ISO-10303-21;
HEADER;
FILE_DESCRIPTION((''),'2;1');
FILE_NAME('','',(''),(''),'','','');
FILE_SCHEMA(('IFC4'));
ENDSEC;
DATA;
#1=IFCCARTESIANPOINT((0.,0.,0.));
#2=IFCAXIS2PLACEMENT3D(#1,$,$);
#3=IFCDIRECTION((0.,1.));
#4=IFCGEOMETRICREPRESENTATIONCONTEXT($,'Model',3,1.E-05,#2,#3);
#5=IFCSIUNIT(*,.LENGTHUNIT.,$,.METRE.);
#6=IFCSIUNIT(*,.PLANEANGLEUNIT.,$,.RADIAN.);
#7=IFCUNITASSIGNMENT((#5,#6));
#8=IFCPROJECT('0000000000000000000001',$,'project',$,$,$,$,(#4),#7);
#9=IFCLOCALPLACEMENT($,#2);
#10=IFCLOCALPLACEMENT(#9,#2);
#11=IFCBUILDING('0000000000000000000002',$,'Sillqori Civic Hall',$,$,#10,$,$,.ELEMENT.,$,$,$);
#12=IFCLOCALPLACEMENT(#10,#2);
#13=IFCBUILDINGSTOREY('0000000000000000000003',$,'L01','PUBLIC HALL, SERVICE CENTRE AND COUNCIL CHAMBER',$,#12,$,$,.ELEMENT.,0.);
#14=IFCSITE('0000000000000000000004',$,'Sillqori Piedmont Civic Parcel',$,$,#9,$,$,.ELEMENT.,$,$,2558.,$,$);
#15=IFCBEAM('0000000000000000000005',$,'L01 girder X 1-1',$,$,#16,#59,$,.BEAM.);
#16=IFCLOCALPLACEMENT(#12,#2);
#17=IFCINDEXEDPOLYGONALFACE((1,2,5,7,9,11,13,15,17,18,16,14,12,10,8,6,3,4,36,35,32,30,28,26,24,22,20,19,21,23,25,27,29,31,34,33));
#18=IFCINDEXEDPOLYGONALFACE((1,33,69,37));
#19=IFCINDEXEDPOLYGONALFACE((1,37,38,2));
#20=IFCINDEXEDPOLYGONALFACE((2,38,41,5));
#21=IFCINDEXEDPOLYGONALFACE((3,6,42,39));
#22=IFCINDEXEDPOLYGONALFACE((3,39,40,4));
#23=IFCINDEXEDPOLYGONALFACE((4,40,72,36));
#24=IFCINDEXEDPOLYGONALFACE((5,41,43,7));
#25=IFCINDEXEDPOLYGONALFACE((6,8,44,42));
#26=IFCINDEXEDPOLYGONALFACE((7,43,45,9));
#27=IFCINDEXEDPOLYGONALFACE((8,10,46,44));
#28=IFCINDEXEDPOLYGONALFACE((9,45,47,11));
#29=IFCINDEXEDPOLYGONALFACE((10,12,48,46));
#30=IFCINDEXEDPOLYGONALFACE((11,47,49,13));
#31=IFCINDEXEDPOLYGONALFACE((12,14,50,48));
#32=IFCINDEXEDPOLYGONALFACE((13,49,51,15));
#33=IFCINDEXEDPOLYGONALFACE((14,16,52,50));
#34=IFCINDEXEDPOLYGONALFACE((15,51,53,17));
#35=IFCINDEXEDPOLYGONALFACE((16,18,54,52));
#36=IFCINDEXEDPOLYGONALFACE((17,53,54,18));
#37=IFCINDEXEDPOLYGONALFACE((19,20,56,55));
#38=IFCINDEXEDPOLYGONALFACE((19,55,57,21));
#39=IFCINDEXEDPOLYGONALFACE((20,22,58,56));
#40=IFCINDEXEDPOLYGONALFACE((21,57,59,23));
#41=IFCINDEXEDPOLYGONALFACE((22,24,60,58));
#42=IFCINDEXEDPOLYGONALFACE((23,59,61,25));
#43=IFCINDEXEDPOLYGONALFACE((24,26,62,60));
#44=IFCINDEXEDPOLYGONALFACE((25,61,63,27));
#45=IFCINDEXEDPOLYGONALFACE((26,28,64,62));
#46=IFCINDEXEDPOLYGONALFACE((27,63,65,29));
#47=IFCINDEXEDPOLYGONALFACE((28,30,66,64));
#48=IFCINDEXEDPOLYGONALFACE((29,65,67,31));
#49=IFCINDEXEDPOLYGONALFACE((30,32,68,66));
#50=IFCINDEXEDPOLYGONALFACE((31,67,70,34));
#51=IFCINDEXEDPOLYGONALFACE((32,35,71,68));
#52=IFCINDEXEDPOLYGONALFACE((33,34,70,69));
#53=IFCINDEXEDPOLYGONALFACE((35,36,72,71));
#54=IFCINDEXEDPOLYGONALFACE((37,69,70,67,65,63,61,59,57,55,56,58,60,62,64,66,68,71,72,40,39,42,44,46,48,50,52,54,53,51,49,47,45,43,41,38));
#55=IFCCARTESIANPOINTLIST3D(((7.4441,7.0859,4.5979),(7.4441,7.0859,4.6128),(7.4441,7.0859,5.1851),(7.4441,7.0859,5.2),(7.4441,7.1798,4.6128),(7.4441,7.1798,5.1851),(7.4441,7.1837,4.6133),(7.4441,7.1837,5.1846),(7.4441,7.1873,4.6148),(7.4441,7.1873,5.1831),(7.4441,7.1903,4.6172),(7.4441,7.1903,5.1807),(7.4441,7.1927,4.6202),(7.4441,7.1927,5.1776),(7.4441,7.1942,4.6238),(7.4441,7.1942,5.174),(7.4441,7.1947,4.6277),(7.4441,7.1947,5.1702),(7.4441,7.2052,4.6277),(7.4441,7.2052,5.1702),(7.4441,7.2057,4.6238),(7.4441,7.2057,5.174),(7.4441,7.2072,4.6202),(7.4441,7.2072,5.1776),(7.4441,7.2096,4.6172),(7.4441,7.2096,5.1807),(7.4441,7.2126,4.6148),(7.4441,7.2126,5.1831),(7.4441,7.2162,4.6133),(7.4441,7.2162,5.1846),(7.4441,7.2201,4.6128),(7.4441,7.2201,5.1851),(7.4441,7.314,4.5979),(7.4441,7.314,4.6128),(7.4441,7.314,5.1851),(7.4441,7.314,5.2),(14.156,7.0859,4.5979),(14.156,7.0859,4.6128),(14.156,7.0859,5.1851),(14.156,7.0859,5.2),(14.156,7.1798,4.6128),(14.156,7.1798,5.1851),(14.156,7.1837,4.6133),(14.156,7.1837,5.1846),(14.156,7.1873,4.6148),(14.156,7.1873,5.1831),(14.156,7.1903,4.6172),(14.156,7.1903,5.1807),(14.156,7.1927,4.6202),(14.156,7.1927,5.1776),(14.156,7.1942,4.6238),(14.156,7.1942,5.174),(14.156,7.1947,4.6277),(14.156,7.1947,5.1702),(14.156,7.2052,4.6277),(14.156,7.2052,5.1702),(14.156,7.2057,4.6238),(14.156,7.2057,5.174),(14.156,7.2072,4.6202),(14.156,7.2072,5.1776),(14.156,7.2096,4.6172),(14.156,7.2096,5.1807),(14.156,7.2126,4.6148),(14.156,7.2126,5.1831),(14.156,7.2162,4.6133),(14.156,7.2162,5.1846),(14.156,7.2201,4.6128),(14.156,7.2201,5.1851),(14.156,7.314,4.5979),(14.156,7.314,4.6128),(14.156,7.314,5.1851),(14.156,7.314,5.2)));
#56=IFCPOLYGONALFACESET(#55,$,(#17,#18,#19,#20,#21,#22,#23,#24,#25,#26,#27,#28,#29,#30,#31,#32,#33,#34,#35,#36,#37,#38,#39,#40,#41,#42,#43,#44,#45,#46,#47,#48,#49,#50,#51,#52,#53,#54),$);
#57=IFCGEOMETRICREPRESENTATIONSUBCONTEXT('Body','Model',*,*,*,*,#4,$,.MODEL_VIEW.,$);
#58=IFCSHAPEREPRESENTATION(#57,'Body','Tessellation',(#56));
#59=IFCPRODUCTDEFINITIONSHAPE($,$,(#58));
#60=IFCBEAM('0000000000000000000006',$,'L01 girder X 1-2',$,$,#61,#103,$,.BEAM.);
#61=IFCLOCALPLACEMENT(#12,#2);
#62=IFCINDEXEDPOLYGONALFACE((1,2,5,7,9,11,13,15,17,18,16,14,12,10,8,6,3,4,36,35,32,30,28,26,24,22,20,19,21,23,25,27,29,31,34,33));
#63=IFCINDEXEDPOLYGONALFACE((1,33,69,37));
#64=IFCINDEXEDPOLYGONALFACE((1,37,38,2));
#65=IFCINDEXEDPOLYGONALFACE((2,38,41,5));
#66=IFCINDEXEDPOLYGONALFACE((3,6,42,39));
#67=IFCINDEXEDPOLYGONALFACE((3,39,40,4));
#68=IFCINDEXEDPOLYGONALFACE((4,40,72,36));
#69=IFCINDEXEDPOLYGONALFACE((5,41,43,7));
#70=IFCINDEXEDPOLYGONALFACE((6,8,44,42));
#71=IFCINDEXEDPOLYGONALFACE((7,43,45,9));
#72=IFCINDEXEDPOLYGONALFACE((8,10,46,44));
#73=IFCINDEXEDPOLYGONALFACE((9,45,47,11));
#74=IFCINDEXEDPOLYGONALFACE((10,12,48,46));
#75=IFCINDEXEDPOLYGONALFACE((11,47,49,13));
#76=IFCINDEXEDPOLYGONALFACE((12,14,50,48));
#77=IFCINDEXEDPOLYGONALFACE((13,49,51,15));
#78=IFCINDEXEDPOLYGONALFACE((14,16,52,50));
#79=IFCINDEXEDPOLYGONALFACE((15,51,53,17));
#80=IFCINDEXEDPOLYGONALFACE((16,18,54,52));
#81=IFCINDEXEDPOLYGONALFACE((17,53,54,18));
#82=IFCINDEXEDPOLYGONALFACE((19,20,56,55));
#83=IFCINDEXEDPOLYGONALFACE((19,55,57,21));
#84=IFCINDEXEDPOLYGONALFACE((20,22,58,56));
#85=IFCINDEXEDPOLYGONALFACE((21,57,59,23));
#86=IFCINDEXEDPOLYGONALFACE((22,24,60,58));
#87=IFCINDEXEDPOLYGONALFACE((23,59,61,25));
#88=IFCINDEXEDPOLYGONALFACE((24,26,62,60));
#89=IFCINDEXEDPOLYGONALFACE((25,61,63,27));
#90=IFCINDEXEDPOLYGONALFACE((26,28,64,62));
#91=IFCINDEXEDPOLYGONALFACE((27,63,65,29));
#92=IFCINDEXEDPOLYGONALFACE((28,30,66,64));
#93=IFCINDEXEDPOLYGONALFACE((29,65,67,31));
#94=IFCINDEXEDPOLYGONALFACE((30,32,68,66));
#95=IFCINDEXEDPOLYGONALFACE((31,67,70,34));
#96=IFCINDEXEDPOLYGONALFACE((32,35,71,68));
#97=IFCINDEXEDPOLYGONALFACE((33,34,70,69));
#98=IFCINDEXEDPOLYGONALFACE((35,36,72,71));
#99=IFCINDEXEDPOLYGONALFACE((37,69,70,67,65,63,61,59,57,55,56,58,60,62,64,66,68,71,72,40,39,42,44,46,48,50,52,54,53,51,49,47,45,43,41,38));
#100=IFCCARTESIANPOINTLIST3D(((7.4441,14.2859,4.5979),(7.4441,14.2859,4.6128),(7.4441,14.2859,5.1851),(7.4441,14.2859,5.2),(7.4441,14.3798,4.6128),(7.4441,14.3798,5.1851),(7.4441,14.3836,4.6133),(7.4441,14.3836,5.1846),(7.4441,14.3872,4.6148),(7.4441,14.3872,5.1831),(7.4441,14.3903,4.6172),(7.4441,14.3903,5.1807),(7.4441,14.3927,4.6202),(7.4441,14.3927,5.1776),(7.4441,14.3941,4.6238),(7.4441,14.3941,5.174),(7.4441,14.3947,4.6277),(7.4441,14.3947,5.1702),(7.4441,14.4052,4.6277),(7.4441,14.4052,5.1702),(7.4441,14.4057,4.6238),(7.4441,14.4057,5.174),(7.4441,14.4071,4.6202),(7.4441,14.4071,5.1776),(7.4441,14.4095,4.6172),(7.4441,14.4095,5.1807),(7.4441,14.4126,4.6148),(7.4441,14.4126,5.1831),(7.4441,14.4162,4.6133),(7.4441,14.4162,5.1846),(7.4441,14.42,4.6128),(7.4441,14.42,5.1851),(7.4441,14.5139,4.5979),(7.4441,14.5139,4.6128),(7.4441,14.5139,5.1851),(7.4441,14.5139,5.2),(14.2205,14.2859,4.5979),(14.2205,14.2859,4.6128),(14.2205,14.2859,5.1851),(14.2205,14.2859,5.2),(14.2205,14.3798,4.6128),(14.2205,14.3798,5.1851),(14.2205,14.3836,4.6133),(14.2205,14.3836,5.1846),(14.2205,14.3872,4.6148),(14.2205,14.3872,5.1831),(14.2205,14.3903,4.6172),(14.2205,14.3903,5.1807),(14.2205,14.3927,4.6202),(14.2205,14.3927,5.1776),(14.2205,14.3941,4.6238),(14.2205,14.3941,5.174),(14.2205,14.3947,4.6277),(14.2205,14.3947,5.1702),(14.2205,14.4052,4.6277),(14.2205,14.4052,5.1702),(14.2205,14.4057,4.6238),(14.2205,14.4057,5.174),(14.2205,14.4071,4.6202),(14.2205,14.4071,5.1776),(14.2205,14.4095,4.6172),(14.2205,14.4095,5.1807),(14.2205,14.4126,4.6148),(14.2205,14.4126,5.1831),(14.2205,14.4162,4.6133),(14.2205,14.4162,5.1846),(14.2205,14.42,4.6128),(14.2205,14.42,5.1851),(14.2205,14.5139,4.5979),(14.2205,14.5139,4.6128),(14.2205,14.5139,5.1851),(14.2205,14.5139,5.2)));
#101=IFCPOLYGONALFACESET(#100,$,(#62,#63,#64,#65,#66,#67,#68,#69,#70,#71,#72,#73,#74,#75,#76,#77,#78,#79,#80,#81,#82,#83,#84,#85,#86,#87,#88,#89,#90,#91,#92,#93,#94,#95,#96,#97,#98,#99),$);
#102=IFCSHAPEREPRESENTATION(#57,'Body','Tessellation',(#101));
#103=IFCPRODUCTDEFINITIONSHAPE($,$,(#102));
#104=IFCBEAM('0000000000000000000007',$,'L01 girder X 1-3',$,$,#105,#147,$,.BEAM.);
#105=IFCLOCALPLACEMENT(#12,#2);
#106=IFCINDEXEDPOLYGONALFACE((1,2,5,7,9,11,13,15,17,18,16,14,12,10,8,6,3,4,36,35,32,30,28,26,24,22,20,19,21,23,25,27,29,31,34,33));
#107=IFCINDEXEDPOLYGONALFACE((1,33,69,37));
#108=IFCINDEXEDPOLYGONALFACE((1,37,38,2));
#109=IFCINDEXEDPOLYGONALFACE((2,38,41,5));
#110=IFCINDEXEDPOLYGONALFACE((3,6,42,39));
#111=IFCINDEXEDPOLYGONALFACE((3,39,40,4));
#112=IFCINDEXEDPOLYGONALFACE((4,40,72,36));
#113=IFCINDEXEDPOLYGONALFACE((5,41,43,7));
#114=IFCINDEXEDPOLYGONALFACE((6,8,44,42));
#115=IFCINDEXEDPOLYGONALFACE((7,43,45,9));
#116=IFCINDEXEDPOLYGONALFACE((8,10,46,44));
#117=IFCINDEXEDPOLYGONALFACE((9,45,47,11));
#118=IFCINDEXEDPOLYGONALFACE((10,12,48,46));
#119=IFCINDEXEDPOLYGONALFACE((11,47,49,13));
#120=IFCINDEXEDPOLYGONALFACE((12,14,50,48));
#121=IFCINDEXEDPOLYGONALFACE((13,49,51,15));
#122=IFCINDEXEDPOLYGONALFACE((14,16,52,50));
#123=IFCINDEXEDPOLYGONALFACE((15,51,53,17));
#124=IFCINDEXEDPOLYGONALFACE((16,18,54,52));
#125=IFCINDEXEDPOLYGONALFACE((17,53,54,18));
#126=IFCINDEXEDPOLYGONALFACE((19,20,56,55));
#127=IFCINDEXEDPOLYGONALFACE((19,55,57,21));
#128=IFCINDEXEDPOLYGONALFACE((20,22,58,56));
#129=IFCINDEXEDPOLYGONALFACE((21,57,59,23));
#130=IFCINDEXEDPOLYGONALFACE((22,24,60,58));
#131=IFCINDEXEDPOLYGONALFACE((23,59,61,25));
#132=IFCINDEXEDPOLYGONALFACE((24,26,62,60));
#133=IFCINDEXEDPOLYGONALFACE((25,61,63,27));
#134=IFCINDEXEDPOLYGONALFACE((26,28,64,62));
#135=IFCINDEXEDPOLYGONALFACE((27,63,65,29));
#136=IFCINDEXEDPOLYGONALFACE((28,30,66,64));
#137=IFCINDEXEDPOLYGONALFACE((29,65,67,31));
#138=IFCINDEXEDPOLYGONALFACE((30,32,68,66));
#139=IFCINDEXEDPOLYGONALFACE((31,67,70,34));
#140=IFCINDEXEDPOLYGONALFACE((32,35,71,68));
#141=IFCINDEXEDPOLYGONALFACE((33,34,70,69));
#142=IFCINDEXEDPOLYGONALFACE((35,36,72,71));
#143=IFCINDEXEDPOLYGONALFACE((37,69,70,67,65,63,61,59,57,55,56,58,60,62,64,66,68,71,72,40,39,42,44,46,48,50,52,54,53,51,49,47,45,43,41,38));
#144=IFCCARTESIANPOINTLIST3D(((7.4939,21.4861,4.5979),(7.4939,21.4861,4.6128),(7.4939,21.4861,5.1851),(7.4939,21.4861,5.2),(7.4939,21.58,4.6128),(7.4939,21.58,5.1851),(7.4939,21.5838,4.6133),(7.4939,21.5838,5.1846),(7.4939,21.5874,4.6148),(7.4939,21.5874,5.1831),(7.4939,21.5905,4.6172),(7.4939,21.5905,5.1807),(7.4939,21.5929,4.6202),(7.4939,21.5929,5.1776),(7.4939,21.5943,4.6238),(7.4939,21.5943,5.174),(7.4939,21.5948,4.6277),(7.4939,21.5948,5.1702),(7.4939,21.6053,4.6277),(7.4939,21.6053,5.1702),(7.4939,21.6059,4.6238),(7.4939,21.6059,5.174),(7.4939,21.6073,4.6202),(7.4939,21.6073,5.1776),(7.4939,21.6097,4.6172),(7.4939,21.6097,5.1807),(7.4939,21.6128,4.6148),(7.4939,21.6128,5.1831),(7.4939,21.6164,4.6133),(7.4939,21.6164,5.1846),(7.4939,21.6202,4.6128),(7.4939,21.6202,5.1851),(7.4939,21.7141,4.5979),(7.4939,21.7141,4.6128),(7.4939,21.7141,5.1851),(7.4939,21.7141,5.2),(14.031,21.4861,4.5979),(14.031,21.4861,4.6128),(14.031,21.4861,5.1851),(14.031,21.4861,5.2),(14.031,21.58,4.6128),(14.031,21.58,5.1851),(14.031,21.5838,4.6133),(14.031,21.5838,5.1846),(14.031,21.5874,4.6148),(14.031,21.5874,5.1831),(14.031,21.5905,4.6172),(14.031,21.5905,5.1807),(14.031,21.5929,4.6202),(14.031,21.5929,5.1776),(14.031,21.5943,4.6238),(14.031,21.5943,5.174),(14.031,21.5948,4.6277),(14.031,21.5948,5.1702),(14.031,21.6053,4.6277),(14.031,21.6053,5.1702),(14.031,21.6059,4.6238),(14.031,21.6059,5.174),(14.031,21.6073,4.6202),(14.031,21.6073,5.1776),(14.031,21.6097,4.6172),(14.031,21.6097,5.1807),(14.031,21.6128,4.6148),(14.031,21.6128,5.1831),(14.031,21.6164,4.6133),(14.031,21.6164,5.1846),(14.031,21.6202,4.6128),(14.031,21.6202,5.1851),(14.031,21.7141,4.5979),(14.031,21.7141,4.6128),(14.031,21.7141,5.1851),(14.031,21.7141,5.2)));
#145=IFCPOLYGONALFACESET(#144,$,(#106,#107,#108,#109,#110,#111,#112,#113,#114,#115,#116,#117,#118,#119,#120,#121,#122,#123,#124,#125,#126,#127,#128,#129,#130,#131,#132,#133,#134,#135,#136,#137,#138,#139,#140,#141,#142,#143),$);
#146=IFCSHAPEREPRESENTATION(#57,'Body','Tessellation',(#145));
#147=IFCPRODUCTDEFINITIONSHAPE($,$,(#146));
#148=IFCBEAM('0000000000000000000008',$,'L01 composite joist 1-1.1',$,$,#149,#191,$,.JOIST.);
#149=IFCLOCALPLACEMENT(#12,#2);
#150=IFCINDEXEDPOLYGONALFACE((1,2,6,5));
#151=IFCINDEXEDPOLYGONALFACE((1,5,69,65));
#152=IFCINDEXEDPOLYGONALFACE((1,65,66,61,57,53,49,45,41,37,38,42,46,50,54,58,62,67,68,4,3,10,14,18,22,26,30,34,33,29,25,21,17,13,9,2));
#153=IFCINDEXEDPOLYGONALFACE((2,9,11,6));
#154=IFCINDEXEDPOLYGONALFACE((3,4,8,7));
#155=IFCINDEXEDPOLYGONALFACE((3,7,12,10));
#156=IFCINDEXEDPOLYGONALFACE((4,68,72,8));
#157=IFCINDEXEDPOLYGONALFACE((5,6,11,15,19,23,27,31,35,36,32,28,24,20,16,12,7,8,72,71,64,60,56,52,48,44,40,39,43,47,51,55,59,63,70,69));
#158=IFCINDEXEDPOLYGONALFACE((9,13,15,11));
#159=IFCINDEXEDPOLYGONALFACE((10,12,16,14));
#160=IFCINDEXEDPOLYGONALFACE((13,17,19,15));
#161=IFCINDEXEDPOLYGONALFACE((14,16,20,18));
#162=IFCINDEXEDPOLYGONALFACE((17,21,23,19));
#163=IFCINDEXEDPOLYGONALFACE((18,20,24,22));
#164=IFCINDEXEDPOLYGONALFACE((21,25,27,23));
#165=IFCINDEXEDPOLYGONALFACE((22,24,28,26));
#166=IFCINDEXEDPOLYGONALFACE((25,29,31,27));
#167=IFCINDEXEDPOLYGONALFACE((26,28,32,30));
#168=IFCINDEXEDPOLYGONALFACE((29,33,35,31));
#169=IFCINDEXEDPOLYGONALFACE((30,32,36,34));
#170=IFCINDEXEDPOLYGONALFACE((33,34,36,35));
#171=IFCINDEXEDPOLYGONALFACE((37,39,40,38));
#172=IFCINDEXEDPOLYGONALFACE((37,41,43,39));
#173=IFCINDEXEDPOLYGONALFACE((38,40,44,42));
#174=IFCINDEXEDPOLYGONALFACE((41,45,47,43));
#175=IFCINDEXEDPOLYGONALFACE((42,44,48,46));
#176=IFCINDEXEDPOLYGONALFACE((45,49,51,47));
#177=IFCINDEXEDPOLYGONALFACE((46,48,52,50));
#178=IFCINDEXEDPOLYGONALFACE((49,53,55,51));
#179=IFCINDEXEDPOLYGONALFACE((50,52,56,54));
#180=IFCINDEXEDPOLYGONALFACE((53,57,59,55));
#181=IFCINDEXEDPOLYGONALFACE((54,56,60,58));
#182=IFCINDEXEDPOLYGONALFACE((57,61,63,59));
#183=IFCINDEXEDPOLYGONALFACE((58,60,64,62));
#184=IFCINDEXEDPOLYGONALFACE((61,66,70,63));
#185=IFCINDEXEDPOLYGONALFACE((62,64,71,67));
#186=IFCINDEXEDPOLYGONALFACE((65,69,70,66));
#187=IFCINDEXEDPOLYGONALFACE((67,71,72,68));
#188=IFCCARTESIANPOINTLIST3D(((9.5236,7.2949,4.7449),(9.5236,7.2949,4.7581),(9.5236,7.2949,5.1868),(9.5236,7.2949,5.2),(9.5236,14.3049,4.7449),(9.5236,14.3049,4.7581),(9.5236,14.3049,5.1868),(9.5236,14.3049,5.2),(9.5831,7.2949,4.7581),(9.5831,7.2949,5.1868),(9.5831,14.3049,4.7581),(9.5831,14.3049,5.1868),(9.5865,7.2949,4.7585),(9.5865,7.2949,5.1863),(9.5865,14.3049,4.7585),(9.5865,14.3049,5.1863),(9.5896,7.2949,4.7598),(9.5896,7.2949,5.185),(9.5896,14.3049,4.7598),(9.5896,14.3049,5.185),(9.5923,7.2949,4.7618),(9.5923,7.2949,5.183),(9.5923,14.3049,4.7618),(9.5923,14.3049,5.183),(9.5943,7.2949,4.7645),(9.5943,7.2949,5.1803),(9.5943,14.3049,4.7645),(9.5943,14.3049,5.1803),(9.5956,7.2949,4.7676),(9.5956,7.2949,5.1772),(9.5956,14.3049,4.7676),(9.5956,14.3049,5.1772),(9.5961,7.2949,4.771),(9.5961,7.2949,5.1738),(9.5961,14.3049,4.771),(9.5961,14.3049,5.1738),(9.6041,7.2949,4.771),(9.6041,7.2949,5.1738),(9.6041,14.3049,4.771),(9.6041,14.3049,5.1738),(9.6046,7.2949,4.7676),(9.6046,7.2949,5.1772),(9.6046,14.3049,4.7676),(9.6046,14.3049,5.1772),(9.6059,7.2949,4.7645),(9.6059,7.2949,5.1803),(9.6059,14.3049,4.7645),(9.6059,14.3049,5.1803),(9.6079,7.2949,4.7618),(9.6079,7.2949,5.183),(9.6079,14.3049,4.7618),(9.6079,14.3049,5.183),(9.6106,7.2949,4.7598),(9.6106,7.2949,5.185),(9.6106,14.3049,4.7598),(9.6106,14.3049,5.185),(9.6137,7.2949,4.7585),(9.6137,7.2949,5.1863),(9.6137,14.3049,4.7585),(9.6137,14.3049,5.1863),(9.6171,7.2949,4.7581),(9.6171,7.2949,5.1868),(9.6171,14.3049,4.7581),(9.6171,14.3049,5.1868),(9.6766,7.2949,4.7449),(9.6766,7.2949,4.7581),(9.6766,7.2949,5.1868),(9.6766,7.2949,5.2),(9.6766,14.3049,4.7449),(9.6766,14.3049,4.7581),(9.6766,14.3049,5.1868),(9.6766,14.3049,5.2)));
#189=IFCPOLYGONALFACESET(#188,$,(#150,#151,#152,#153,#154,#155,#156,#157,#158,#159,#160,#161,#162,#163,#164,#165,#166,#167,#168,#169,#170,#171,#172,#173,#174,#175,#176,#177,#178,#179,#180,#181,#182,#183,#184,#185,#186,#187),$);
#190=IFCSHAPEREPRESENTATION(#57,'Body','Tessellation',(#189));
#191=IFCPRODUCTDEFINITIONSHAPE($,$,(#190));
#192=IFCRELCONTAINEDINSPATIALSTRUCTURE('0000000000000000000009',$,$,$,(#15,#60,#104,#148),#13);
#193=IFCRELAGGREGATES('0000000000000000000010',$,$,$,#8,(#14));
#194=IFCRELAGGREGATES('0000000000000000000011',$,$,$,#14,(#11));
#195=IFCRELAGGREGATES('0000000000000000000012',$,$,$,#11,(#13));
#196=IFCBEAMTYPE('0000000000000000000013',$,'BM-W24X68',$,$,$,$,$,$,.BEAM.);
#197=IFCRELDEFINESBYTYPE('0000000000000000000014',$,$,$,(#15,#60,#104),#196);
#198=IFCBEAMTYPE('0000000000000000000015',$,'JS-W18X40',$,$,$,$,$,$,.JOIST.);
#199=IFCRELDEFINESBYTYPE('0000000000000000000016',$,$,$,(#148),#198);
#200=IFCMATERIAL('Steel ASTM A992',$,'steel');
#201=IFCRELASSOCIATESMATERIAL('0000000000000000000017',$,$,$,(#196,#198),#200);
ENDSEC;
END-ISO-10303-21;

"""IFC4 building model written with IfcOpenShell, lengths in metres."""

from ifc_helpers import new_model, si_unit, direction, frame, origin, origin_2d, place, context, subcontext, project, spatial, i_section, extrude, material, material_profile, profile_set, type_object, element, save


model = new_model("IFC4")

# Units and contexts
model_context = context("Model", 3, precision=1e-05, world=origin(), true_north=direction((0.0, 1.0)))
body_context = subcontext(model_context, "Body", "Model", "MODEL_VIEW")
ifc_project = project(units=[si_unit("LENGTHUNIT", "METRE"), si_unit("PLANEANGLEUNIT", "RADIAN")], contexts=[model_context])

# Site, building, storey
site_placement = place(None, origin())
site = spatial("IfcSite", under=ifc_project, at=site_placement, Name="Sillqori Piedmont Civic Parcel", CompositionType="ELEMENT", RefElevation=2558.0)
building_placement = place(site_placement, origin())
building = spatial("IfcBuilding", under=site, at=building_placement, Name="Sillqori Civic Hall", CompositionType="ELEMENT")
storey_placement = place(building_placement, origin())
storey = spatial("IfcBuildingStorey", under=building, at=storey_placement, Name="L01", Description="PUBLIC HALL, SERVICE CENTRE AND COUNCIL CHAMBER", CompositionType="ELEMENT", Elevation=0.0)

# Beams
ifc_material_1 = material(Name="Steel ASTM A992", Category="steel")
ifc_material_profile_1 = material_profile(ifc_material_1, i_section(OverallWidth=0.228, OverallDepth=0.6021, WebThickness=0.0105, FlangeThickness=0.0149, FilletRadius=0.0149, at=origin_2d()), Name="W24X68")
ifc_profile_set_1 = profile_set([ifc_material_profile_1], Name="Steel ASTM A992")
beam_type_1 = type_object("IfcBeamType", Name="BM-W24X68", PredefinedType="BEAM", material=ifc_profile_set_1)
beam_1_placement = place(storey_placement, frame((7.4441, 7.2, 4.8989), z_axis=(1.0, 0.0, 0.0), x_axis=(0.0, 1.0, 0.0)))
element("IfcBeam", 1, at=beam_1_placement, inside=storey, type_object=beam_type_1, Name="L01 girder X 1-1", PredefinedType="BEAM", context=body_context, shape_type="SweptSolid", body=[
    extrude(i_section(OverallWidth=0.228, OverallDepth=0.6021, WebThickness=0.0105, FlangeThickness=0.0149, FilletRadius=0.0149, at=origin_2d()), origin(), (0.0, 0.0, 1.0), 6.7119),
])
beam_2_placement = place(storey_placement, frame((7.4441, 14.3999, 4.8989), z_axis=(1.0, 0.0, 0.0), x_axis=(0.0, 1.0, 0.0)))
element("IfcBeam", 2, at=beam_2_placement, inside=storey, type_object=beam_type_1, Name="L01 girder X 1-2", PredefinedType="BEAM", context=body_context, shape_type="SweptSolid", body=[
    extrude(i_section(OverallWidth=0.228, OverallDepth=0.6021, WebThickness=0.0105, FlangeThickness=0.0149, FilletRadius=0.0149, at=origin_2d()), origin(), (0.0, 0.0, 1.0), 6.7764),
])
beam_3_placement = place(storey_placement, frame((7.4939, 21.6001, 4.8989), z_axis=(1.0, 0.0, 0.0), x_axis=(0.0, 1.0, 0.0)))
element("IfcBeam", 3, at=beam_3_placement, inside=storey, type_object=beam_type_1, Name="L01 girder X 1-3", PredefinedType="BEAM", context=body_context, shape_type="SweptSolid", body=[
    extrude(i_section(OverallWidth=0.228, OverallDepth=0.6021, WebThickness=0.0105, FlangeThickness=0.0149, FilletRadius=0.0149, at=origin_2d()), origin(), (0.0, 0.0, 1.0), 6.5371),
])
ifc_material_profile_2 = material_profile(ifc_material_1, i_section(OverallWidth=0.1531, OverallDepth=0.4551, WebThickness=0.0081, FlangeThickness=0.0132, FilletRadius=0.0129, at=origin_2d()), Name="W18X40")
ifc_profile_set_2 = profile_set([ifc_material_profile_2], Name="Steel ASTM A992")
beam_type_2 = type_object("IfcBeamType", Name="JS-W18X40", PredefinedType="JOIST", material=ifc_profile_set_2)
beam_4_placement = place(storey_placement, frame((9.6001, 7.2949, 4.9724), z_axis=(0.0, 1.0, 0.0), x_axis=(-1.0, 0.0, 0.0)))
element("IfcBeam", 4, at=beam_4_placement, inside=storey, type_object=beam_type_2, Name="L01 composite joist 1-1.1", PredefinedType="JOIST", context=body_context, shape_type="SweptSolid", body=[
    extrude(i_section(OverallWidth=0.1531, OverallDepth=0.4551, WebThickness=0.0081, FlangeThickness=0.0132, FilletRadius=0.0129, at=origin_2d()), origin(), (0.0, 0.0, 1.0), 7.01),
])

save(model, "model.ifc")
